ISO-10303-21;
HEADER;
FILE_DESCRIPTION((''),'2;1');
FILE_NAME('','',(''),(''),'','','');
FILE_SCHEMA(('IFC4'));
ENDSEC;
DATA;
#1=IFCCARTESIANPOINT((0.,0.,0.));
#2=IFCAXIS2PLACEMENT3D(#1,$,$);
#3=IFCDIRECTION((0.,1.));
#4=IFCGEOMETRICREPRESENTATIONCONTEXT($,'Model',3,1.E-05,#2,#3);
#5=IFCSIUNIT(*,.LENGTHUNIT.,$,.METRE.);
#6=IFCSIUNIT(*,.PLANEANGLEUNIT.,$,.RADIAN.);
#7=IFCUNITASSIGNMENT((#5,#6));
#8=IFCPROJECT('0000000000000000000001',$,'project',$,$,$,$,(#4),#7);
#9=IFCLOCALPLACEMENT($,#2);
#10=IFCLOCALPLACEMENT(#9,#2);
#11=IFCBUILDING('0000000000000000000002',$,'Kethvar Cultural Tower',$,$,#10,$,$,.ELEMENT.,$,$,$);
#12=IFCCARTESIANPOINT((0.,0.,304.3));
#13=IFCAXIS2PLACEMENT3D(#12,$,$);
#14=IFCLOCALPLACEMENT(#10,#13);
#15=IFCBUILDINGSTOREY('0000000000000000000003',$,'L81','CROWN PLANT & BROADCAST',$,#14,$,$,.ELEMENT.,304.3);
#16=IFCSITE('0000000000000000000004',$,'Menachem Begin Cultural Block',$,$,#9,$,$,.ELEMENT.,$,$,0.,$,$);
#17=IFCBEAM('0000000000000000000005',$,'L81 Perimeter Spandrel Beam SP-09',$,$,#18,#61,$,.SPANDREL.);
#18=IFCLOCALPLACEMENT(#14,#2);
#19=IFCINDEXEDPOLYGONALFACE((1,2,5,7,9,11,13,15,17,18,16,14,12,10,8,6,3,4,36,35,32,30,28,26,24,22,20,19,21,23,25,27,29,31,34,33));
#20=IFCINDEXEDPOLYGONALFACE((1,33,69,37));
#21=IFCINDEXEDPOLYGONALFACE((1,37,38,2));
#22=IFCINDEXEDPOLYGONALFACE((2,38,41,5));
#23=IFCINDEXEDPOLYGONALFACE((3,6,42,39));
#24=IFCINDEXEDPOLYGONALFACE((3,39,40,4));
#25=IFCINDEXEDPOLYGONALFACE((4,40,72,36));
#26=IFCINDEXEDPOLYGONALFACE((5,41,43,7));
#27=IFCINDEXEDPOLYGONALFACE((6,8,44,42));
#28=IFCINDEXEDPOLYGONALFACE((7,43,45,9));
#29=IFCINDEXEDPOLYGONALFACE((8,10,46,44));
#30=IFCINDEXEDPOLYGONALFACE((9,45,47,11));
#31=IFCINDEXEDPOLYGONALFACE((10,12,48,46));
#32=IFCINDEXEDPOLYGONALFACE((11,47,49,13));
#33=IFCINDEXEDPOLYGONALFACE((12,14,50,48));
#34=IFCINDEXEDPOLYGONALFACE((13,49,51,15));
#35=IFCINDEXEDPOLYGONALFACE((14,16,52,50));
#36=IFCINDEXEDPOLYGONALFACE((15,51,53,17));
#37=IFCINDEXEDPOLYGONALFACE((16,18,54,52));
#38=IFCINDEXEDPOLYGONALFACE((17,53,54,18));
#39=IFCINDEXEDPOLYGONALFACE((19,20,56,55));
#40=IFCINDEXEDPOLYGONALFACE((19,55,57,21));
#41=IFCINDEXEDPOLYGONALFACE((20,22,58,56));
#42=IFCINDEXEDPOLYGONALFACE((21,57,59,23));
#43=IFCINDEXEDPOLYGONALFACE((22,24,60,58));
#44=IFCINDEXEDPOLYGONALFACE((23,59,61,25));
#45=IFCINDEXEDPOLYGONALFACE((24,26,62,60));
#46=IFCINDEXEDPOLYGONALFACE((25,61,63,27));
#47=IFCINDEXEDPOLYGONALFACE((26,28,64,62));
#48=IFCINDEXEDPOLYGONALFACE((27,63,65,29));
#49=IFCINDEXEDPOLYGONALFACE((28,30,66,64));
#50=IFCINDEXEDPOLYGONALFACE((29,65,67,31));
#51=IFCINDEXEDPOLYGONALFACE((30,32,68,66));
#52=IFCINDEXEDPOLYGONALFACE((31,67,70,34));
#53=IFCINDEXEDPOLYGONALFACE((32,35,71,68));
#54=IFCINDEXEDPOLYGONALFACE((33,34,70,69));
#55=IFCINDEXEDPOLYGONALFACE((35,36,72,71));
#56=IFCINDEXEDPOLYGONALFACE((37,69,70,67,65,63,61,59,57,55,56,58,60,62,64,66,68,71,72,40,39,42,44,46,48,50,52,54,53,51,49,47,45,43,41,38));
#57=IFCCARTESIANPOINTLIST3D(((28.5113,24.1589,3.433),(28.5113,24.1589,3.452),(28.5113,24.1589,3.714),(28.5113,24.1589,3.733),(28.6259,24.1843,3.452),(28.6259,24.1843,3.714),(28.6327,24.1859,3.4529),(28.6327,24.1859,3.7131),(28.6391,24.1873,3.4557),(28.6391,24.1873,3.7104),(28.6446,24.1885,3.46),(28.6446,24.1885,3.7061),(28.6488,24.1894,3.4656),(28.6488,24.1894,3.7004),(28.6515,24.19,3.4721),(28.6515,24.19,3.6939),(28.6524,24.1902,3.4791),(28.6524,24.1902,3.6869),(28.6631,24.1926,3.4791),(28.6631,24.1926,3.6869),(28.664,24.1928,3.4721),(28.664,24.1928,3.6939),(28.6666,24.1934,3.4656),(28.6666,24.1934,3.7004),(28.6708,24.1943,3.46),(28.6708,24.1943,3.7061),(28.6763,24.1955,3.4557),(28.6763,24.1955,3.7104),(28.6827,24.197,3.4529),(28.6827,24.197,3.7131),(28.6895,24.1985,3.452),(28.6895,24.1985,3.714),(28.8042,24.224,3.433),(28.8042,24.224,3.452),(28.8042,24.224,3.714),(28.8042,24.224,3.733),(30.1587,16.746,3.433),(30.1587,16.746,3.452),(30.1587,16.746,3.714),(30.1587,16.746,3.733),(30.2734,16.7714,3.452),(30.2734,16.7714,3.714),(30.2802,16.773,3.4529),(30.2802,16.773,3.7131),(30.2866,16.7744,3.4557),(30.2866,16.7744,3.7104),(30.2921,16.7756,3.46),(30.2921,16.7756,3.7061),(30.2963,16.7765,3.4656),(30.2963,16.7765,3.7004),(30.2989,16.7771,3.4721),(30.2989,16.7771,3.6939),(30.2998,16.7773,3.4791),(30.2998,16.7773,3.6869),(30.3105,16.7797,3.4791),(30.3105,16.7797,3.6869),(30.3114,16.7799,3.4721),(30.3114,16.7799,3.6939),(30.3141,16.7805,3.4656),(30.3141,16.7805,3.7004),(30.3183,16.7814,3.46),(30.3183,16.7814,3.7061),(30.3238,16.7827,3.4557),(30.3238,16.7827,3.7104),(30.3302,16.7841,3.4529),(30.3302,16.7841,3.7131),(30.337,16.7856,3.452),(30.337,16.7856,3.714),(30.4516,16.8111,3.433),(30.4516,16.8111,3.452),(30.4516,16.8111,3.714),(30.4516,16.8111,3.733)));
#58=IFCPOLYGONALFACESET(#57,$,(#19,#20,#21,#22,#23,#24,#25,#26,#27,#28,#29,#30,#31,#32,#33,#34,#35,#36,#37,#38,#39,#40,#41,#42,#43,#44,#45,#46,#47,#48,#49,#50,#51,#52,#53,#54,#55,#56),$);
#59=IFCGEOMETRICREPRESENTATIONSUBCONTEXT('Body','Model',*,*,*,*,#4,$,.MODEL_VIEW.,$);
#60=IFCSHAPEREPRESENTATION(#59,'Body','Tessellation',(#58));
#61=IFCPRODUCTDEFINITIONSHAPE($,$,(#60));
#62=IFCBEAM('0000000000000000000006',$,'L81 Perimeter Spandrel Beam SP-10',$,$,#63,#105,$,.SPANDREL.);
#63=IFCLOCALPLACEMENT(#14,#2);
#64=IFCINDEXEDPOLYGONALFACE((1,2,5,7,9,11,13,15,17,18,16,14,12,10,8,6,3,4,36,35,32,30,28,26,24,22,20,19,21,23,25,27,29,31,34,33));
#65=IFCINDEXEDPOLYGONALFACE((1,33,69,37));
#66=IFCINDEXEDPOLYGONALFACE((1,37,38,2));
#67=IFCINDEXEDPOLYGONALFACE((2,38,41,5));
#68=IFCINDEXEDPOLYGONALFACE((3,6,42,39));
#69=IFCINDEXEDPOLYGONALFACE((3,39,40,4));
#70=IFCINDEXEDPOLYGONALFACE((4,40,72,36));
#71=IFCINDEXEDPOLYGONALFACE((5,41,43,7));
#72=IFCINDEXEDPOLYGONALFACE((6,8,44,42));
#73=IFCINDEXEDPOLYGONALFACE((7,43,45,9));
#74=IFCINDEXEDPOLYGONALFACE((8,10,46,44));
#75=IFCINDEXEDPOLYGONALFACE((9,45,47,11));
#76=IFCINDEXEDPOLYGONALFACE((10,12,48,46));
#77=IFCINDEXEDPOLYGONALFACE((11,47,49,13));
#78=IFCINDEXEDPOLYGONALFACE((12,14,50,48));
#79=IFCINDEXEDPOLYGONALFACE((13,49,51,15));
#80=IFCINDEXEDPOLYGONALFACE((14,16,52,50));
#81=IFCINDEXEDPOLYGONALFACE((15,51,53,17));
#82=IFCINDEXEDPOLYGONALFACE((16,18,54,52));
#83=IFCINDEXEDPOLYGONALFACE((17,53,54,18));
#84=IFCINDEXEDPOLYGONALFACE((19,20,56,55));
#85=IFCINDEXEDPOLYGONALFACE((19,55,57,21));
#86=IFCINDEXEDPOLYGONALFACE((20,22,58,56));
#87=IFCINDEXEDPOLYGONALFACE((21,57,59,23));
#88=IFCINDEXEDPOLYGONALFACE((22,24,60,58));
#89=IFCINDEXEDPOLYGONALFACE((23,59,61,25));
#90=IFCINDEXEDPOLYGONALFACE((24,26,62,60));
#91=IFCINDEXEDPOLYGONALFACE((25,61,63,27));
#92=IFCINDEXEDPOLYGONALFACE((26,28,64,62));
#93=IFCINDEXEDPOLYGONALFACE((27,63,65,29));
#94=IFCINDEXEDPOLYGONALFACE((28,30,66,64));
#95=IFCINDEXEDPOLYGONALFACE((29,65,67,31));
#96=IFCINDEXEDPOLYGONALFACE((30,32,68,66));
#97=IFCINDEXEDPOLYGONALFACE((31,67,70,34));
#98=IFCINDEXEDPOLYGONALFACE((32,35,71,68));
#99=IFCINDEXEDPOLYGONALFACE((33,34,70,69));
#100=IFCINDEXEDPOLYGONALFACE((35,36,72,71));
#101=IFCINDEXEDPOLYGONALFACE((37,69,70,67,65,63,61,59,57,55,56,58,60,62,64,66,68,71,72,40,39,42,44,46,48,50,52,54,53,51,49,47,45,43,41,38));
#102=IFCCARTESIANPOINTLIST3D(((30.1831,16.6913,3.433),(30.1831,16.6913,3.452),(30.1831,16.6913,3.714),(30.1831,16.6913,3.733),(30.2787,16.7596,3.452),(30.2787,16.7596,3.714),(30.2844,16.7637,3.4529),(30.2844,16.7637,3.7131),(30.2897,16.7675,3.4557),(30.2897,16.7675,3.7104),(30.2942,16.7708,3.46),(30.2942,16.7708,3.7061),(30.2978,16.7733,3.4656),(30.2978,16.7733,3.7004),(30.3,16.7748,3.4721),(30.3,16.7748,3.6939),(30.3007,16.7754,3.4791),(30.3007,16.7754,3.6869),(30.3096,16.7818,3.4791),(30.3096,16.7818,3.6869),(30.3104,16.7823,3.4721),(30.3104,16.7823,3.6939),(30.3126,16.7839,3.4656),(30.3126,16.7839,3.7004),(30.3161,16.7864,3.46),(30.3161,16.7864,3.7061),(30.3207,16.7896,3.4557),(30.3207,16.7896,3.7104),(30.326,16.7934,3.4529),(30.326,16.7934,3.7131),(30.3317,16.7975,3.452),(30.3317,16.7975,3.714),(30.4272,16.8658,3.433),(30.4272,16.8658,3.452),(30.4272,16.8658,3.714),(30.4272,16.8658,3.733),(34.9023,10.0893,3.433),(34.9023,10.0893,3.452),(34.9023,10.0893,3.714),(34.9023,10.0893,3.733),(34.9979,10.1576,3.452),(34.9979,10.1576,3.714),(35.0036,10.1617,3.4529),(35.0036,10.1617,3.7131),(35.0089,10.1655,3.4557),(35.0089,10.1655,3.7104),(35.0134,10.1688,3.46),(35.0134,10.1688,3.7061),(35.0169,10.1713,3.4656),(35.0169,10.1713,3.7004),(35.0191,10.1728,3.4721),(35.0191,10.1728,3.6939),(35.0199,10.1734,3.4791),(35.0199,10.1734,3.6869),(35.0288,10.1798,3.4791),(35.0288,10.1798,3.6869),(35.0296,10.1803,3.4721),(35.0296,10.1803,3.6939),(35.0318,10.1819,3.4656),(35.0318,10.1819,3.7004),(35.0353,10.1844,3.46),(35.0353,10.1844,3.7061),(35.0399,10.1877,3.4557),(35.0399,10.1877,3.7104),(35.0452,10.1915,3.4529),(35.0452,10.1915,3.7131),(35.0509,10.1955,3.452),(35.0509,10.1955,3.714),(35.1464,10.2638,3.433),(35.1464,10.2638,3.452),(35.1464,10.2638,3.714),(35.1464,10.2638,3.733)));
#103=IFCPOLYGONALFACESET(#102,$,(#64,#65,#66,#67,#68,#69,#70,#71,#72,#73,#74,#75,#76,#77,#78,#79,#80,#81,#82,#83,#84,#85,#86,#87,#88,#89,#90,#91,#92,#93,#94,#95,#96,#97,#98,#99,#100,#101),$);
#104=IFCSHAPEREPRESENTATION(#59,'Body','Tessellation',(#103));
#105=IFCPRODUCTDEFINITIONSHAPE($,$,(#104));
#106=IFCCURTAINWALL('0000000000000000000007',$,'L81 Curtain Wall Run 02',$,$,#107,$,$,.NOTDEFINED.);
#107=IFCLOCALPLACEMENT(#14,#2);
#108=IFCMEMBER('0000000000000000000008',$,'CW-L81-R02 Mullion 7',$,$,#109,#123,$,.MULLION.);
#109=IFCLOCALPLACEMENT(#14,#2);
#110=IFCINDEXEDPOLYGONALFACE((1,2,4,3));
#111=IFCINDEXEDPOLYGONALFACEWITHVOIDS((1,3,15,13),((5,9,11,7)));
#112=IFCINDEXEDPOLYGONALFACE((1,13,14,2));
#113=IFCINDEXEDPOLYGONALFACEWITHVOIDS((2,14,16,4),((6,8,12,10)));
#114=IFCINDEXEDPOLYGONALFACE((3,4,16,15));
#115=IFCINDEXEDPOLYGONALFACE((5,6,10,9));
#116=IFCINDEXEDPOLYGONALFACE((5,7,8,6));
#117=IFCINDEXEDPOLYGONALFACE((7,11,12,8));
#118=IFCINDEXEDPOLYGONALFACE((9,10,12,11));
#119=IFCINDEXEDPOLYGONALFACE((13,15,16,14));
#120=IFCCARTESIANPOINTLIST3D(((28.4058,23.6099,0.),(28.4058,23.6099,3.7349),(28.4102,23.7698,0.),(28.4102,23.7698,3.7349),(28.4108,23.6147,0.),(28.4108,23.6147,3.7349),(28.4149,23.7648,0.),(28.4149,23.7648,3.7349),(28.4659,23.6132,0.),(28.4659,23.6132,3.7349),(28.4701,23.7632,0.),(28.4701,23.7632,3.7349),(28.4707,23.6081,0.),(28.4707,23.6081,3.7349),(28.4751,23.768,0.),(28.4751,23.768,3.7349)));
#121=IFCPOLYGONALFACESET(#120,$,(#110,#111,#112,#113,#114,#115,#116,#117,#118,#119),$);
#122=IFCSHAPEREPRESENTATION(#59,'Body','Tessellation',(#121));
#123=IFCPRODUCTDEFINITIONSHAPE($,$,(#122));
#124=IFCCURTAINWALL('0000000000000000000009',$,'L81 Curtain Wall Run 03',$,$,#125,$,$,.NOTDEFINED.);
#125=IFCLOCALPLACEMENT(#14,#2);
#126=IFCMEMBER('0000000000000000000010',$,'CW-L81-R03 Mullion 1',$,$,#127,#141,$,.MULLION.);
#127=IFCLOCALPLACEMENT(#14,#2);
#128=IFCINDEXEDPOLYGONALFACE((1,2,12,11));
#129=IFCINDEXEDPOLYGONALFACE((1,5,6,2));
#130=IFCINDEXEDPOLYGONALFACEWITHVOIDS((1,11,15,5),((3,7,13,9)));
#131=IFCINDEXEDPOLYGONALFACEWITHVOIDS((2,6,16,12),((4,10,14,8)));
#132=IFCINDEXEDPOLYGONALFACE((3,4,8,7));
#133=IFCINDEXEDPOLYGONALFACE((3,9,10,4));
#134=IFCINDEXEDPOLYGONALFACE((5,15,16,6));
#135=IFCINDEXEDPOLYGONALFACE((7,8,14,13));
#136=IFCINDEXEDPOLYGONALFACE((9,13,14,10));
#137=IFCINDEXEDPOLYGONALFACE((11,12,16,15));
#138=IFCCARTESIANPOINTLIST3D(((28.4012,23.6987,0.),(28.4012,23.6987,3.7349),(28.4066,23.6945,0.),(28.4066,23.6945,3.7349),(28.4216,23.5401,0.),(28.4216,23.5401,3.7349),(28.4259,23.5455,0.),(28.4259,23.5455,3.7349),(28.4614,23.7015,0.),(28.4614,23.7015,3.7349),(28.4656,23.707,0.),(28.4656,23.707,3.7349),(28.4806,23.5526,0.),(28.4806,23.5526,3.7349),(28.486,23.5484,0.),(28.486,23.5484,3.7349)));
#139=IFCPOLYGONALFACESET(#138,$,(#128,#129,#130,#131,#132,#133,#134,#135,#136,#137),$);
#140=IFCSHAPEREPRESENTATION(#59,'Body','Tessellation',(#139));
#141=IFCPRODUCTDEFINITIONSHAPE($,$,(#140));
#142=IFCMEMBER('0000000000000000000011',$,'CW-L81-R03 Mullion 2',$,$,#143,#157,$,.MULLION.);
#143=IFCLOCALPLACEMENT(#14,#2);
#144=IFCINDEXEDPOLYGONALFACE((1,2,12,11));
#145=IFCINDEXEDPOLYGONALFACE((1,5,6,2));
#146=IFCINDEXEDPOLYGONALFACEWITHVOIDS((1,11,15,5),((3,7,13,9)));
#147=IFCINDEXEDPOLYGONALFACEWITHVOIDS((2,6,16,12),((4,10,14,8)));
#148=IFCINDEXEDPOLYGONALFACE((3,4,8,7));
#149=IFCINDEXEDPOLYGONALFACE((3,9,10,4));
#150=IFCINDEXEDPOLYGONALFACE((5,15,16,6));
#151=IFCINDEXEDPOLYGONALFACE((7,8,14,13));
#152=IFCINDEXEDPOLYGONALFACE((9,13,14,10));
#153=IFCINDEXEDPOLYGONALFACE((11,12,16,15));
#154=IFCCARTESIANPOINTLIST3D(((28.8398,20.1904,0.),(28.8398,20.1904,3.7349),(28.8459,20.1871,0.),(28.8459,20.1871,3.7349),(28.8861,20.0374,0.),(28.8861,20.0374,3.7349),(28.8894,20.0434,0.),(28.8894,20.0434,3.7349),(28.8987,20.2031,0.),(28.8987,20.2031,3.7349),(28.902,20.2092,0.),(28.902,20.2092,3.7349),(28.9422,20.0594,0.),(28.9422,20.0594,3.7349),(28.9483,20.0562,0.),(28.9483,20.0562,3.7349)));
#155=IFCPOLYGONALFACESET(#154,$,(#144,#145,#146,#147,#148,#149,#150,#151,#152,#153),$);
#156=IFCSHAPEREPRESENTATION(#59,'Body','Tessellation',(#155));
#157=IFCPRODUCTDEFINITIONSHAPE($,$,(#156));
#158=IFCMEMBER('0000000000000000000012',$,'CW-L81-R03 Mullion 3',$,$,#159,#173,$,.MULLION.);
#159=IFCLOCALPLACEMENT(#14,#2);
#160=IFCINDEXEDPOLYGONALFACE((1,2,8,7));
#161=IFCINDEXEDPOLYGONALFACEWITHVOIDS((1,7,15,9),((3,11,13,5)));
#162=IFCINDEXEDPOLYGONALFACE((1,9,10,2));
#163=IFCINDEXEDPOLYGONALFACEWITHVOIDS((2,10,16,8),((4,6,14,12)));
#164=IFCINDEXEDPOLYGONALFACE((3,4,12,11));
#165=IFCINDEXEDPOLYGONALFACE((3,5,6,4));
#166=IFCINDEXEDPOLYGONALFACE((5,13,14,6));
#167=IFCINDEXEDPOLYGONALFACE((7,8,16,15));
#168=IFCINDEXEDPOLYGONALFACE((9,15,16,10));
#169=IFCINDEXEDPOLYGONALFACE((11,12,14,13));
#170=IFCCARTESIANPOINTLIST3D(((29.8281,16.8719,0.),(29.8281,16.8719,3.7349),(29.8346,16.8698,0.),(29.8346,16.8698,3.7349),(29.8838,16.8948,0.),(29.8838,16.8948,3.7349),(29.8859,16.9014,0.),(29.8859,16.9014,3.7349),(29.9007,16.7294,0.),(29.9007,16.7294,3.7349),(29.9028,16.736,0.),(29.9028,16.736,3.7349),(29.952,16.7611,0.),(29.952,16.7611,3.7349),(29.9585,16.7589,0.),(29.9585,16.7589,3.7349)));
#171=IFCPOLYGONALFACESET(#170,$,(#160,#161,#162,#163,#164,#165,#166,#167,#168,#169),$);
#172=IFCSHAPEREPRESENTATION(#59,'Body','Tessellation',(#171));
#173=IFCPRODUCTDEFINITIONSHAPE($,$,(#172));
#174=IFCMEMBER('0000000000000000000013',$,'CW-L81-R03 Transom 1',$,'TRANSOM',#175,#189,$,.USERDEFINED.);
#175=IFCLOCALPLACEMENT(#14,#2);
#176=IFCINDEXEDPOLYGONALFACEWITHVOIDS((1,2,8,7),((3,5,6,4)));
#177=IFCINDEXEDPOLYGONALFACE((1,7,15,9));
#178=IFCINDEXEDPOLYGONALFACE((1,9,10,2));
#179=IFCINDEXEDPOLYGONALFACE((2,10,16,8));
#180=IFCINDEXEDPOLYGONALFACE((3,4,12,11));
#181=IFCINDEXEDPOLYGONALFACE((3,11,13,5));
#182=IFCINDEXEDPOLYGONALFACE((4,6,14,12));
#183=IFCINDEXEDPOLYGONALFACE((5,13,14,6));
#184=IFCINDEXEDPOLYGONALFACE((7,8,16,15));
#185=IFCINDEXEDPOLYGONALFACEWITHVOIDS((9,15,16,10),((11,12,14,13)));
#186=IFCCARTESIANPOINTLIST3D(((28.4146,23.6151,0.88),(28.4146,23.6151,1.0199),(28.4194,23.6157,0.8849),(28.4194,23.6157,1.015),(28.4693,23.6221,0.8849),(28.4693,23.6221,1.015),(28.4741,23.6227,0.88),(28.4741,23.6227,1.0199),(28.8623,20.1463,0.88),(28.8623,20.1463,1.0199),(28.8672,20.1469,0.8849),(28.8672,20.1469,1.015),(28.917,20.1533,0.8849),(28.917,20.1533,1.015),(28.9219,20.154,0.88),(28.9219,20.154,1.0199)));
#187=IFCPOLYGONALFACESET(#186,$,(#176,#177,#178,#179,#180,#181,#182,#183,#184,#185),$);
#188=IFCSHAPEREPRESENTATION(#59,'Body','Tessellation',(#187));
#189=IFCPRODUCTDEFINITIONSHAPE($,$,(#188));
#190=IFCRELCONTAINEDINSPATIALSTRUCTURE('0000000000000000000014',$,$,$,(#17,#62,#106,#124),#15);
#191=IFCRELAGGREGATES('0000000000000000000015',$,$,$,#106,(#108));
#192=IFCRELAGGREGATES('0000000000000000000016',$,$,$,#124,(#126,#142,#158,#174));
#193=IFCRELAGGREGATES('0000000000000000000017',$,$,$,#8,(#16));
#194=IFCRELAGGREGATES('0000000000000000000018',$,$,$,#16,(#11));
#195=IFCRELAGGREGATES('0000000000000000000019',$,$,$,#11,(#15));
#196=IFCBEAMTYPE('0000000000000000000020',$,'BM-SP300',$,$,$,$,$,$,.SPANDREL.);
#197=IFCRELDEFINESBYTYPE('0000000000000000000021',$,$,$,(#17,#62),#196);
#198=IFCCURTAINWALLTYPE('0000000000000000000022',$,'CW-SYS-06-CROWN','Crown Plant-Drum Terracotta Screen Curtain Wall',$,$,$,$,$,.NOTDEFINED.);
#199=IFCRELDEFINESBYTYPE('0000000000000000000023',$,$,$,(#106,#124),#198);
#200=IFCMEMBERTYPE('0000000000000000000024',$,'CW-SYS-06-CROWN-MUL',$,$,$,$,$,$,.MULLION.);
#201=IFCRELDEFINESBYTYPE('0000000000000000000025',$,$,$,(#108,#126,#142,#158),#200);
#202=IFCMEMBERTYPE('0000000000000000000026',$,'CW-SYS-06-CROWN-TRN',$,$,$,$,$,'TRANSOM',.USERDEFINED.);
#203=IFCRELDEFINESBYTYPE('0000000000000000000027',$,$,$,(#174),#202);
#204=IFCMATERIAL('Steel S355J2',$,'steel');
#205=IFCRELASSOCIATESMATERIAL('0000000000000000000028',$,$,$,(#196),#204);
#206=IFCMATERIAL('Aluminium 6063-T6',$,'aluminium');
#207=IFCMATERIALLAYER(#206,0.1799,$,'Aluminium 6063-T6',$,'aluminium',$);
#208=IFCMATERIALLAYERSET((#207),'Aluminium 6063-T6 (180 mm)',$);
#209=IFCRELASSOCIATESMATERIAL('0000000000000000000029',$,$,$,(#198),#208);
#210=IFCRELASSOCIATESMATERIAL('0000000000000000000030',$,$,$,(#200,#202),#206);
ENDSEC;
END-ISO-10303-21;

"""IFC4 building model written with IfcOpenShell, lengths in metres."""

from ifc_helpers import new_model, si_unit, direction, frame, origin, origin_2d, place, context, subcontext, project, spatial, hollow_rectangle, i_section, extrude, source, transform, mapped, material, layer, layer_set, material_profile, profile_set, type_object, element, aggregate, save


model = new_model("IFC4")

# Units and contexts
model_context = context("Model", 3, precision=1e-05, world=origin(), true_north=direction((0.0, 1.0)))
body_context = subcontext(model_context, "Body", "Model", "MODEL_VIEW")
ifc_project = project(units=[si_unit("LENGTHUNIT", "METRE"), si_unit("PLANEANGLEUNIT", "RADIAN")], contexts=[model_context])

# Site, building, storey
site_placement = place(None, origin())
site = spatial("IfcSite", under=ifc_project, at=site_placement, Name="Menachem Begin Cultural Block", CompositionType="ELEMENT", RefElevation=0.0)
building_placement = place(site_placement, origin())
building = spatial("IfcBuilding", under=site, at=building_placement, Name="Kethvar Cultural Tower", CompositionType="ELEMENT")
storey_placement = place(building_placement, frame((0.0, 0.0, 304.3)))
storey = spatial("IfcBuildingStorey", under=building, at=storey_placement, Name="L81", Description="CROWN PLANT & BROADCAST", CompositionType="ELEMENT", Elevation=304.3)

# Beams
ifc_material_1 = material(Name="Steel S355J2", Category="steel")
ifc_material_profile_1 = material_profile(ifc_material_1, i_section(OverallWidth=0.3, OverallDepth=0.3, WebThickness=0.011, FlangeThickness=0.019, FilletRadius=0.0271, at=origin_2d()), Name="Steel S355J2 — HEB300")
ifc_profile_set_1 = profile_set([ifc_material_profile_1], Name="Steel S355J2 — HEB300")
beam_type = type_object("IfcBeamType", Name="BM-SP300", PredefinedType="SPANDREL", material=ifc_profile_set_1)
shared_shape_1 = source(origin(), body_context, "Body", "SweptSolid", [
    extrude(i_section(OverallWidth=0.3, OverallDepth=0.3, WebThickness=0.011, FlangeThickness=0.019, FilletRadius=0.0271, at=origin_2d()), origin(), (0.0, 0.0, 1.0), 7.5938),
])
beam_1_placement = place(storey_placement, frame((28.6577, 24.1914, 3.583), z_axis=(0.216951, -0.976183, 0.0), x_axis=(0.976183, 0.216951, 0.0)))
element("IfcBeam", 1, at=beam_1_placement, inside=storey, type_object=beam_type, Name="L81 Perimeter Spandrel Beam SP-09", PredefinedType="SPANDREL", context=body_context, shape_type="MappedRepresentation", body=[
    mapped(shared_shape_1, transform((0.0, 0.0, 0.0), scale=1.0)),
])
shared_shape_2 = source(origin(), body_context, "Body", "SweptSolid", [
    extrude(i_section(OverallWidth=0.3, OverallDepth=0.3, WebThickness=0.011, FlangeThickness=0.019, FilletRadius=0.0271, at=origin_2d()), origin(), (0.0, 0.0, 1.0), 8.1152),
])
beam_2_placement = place(storey_placement, frame((30.3052, 16.7786, 3.583), z_axis=(0.581523, -0.81353, 0.0), x_axis=(0.81353, 0.581523, 0.0)))
element("IfcBeam", 2, at=beam_2_placement, inside=storey, type_object=beam_type, Name="L81 Perimeter Spandrel Beam SP-10", PredefinedType="SPANDREL", context=body_context, shape_type="MappedRepresentation", body=[
    mapped(shared_shape_2, transform((0.0, 0.0, 0.0), scale=1.0)),
])

# Curtain wall, member
ifc_material_2 = material(Name="Aluminium 6063-T6", Category="aluminium")
ifc_layer_1 = layer(ifc_material_2, 0.1799, Name="Aluminium 6063-T6", Category="aluminium")
ifc_layer_set_1 = layer_set([ifc_layer_1], Name="Aluminium 6063-T6 (180 mm)")
curtain_wall_type = type_object("IfcCurtainWallType", Name="CW-SYS-06-CROWN", Description="Crown Plant-Drum Terracotta Screen Curtain Wall", PredefinedType="NOTDEFINED", material=ifc_layer_set_1)
curtain_wall_1_placement = place(storey_placement, origin())
curtain_wall_1 = element("IfcCurtainWall", 3, at=curtain_wall_1_placement, inside=storey, type_object=curtain_wall_type, Name="L81 Curtain Wall Run 02", PredefinedType="NOTDEFINED")
ifc_material_profile_2 = material_profile(ifc_material_2, hollow_rectangle(XDim=0.0649, YDim=0.1599, WallThickness=0.0049, at=origin_2d()), Name="Aluminium 6063-T6 — RHS160x65x5")
ifc_profile_set_2 = profile_set([ifc_material_profile_2], Name="Aluminium 6063-T6 — RHS160x65x5")
member_type_1 = type_object("IfcMemberType", Name="CW-SYS-06-CROWN-MUL", PredefinedType="MULLION", material=ifc_profile_set_2)
shared_shape_3 = source(origin(), body_context, "Body", "SweptSolid", [
    extrude(hollow_rectangle(XDim=0.0649, YDim=0.1599, WallThickness=0.0049, at=origin_2d()), origin(), (0.0, 0.0, 1.0), 3.7349),
])
member_1_placement = place(storey_placement, frame((28.4404, 23.689, 0.0), z_axis=(0.0, 0.0, 1.0), x_axis=(0.99962, -0.027573, 0.0)))
member_1 = element("IfcMember", 4, at=member_1_placement, type_object=member_type_1, Name="CW-L81-R02 Mullion 7", PredefinedType="MULLION", context=body_context, shape_type="MappedRepresentation", body=[
    mapped(shared_shape_3, transform((0.0, 0.0, 0.0), scale=1.0)),
])
aggregate(curtain_wall_1, [member_1])

# Curtain wall, members
curtain_wall_2_placement = place(storey_placement, origin())
curtain_wall_2 = element("IfcCurtainWall", 5, at=curtain_wall_2_placement, inside=storey, type_object=curtain_wall_type, Name="L81 Curtain Wall Run 03", PredefinedType="NOTDEFINED")
member_2_placement = place(storey_placement, frame((28.4436, 23.6235, 0.0), z_axis=(0.0, 0.0, 1.0), x_axis=(0.99177, 0.128034, 0.0)))
member_2 = element("IfcMember", 6, at=member_2_placement, type_object=member_type_1, Name="CW-L81-R03 Mullion 1", PredefinedType="MULLION", context=body_context, shape_type="MappedRepresentation", body=[
    mapped(shared_shape_3, transform((0.0, 0.0, 0.0), scale=1.0)),
])
member_3_placement = place(storey_placement, frame((28.894, 20.1233, 0.0), z_axis=(0.0, 0.0, 1.0), x_axis=(0.957097, 0.289767, 0.0)))
member_3 = element("IfcMember", 7, at=member_3_placement, type_object=member_type_1, Name="CW-L81-R03 Mullion 2", PredefinedType="MULLION", context=body_context, shape_type="MappedRepresentation", body=[
    mapped(shared_shape_3, transform((0.0, 0.0, 0.0), scale=1.0)),
])
member_4_placement = place(storey_placement, frame((29.8933, 16.8154, 0.0), z_axis=(0.0, 0.0, 1.0), x_axis=(0.891022, 0.453959, 0.0)))
member_4 = element("IfcMember", 8, at=member_4_placement, type_object=member_type_1, Name="CW-L81-R03 Mullion 3", PredefinedType="MULLION", context=body_context, shape_type="MappedRepresentation", body=[
    mapped(shared_shape_3, transform((0.0, 0.0, 0.0), scale=1.0)),
])
ifc_material_profile_3 = material_profile(ifc_material_2, hollow_rectangle(XDim=0.0601, YDim=0.1399, WallThickness=0.0049, at=origin_2d()), Name="Aluminium 6063-T6 — RHS140x60x5")
ifc_profile_set_3 = profile_set([ifc_material_profile_3], Name="Aluminium 6063-T6 — RHS140x60x5")
member_type_2 = type_object("IfcMemberType", Name="CW-SYS-06-CROWN-TRN", ElementType="TRANSOM", PredefinedType="USERDEFINED", material=ifc_profile_set_3)
shared_shape_4 = source(origin(), body_context, "Body", "SweptSolid", [
    extrude(hollow_rectangle(XDim=0.0601, YDim=0.1399, WallThickness=0.0049, at=origin_2d()), origin(), (0.0, 0.0, 1.0), 3.4976),
])
member_5_placement = place(storey_placement, frame((28.4443, 23.6189, 0.95), z_axis=(0.12802, -0.991772, 0.0), x_axis=(0.991772, 0.12802, 0.0)))
member_5 = element("IfcMember", 9, at=member_5_placement, type_object=member_type_2, Name="CW-L81-R03 Transom 1", ObjectType="TRANSOM", PredefinedType="USERDEFINED", context=body_context, shape_type="MappedRepresentation", body=[
    mapped(shared_shape_4, transform((0.0, 0.0, 0.0), scale=1.0)),
])

aggregate(curtain_wall_2, [member_2, member_3, member_4, member_5])

save(model, "model.ifc")
